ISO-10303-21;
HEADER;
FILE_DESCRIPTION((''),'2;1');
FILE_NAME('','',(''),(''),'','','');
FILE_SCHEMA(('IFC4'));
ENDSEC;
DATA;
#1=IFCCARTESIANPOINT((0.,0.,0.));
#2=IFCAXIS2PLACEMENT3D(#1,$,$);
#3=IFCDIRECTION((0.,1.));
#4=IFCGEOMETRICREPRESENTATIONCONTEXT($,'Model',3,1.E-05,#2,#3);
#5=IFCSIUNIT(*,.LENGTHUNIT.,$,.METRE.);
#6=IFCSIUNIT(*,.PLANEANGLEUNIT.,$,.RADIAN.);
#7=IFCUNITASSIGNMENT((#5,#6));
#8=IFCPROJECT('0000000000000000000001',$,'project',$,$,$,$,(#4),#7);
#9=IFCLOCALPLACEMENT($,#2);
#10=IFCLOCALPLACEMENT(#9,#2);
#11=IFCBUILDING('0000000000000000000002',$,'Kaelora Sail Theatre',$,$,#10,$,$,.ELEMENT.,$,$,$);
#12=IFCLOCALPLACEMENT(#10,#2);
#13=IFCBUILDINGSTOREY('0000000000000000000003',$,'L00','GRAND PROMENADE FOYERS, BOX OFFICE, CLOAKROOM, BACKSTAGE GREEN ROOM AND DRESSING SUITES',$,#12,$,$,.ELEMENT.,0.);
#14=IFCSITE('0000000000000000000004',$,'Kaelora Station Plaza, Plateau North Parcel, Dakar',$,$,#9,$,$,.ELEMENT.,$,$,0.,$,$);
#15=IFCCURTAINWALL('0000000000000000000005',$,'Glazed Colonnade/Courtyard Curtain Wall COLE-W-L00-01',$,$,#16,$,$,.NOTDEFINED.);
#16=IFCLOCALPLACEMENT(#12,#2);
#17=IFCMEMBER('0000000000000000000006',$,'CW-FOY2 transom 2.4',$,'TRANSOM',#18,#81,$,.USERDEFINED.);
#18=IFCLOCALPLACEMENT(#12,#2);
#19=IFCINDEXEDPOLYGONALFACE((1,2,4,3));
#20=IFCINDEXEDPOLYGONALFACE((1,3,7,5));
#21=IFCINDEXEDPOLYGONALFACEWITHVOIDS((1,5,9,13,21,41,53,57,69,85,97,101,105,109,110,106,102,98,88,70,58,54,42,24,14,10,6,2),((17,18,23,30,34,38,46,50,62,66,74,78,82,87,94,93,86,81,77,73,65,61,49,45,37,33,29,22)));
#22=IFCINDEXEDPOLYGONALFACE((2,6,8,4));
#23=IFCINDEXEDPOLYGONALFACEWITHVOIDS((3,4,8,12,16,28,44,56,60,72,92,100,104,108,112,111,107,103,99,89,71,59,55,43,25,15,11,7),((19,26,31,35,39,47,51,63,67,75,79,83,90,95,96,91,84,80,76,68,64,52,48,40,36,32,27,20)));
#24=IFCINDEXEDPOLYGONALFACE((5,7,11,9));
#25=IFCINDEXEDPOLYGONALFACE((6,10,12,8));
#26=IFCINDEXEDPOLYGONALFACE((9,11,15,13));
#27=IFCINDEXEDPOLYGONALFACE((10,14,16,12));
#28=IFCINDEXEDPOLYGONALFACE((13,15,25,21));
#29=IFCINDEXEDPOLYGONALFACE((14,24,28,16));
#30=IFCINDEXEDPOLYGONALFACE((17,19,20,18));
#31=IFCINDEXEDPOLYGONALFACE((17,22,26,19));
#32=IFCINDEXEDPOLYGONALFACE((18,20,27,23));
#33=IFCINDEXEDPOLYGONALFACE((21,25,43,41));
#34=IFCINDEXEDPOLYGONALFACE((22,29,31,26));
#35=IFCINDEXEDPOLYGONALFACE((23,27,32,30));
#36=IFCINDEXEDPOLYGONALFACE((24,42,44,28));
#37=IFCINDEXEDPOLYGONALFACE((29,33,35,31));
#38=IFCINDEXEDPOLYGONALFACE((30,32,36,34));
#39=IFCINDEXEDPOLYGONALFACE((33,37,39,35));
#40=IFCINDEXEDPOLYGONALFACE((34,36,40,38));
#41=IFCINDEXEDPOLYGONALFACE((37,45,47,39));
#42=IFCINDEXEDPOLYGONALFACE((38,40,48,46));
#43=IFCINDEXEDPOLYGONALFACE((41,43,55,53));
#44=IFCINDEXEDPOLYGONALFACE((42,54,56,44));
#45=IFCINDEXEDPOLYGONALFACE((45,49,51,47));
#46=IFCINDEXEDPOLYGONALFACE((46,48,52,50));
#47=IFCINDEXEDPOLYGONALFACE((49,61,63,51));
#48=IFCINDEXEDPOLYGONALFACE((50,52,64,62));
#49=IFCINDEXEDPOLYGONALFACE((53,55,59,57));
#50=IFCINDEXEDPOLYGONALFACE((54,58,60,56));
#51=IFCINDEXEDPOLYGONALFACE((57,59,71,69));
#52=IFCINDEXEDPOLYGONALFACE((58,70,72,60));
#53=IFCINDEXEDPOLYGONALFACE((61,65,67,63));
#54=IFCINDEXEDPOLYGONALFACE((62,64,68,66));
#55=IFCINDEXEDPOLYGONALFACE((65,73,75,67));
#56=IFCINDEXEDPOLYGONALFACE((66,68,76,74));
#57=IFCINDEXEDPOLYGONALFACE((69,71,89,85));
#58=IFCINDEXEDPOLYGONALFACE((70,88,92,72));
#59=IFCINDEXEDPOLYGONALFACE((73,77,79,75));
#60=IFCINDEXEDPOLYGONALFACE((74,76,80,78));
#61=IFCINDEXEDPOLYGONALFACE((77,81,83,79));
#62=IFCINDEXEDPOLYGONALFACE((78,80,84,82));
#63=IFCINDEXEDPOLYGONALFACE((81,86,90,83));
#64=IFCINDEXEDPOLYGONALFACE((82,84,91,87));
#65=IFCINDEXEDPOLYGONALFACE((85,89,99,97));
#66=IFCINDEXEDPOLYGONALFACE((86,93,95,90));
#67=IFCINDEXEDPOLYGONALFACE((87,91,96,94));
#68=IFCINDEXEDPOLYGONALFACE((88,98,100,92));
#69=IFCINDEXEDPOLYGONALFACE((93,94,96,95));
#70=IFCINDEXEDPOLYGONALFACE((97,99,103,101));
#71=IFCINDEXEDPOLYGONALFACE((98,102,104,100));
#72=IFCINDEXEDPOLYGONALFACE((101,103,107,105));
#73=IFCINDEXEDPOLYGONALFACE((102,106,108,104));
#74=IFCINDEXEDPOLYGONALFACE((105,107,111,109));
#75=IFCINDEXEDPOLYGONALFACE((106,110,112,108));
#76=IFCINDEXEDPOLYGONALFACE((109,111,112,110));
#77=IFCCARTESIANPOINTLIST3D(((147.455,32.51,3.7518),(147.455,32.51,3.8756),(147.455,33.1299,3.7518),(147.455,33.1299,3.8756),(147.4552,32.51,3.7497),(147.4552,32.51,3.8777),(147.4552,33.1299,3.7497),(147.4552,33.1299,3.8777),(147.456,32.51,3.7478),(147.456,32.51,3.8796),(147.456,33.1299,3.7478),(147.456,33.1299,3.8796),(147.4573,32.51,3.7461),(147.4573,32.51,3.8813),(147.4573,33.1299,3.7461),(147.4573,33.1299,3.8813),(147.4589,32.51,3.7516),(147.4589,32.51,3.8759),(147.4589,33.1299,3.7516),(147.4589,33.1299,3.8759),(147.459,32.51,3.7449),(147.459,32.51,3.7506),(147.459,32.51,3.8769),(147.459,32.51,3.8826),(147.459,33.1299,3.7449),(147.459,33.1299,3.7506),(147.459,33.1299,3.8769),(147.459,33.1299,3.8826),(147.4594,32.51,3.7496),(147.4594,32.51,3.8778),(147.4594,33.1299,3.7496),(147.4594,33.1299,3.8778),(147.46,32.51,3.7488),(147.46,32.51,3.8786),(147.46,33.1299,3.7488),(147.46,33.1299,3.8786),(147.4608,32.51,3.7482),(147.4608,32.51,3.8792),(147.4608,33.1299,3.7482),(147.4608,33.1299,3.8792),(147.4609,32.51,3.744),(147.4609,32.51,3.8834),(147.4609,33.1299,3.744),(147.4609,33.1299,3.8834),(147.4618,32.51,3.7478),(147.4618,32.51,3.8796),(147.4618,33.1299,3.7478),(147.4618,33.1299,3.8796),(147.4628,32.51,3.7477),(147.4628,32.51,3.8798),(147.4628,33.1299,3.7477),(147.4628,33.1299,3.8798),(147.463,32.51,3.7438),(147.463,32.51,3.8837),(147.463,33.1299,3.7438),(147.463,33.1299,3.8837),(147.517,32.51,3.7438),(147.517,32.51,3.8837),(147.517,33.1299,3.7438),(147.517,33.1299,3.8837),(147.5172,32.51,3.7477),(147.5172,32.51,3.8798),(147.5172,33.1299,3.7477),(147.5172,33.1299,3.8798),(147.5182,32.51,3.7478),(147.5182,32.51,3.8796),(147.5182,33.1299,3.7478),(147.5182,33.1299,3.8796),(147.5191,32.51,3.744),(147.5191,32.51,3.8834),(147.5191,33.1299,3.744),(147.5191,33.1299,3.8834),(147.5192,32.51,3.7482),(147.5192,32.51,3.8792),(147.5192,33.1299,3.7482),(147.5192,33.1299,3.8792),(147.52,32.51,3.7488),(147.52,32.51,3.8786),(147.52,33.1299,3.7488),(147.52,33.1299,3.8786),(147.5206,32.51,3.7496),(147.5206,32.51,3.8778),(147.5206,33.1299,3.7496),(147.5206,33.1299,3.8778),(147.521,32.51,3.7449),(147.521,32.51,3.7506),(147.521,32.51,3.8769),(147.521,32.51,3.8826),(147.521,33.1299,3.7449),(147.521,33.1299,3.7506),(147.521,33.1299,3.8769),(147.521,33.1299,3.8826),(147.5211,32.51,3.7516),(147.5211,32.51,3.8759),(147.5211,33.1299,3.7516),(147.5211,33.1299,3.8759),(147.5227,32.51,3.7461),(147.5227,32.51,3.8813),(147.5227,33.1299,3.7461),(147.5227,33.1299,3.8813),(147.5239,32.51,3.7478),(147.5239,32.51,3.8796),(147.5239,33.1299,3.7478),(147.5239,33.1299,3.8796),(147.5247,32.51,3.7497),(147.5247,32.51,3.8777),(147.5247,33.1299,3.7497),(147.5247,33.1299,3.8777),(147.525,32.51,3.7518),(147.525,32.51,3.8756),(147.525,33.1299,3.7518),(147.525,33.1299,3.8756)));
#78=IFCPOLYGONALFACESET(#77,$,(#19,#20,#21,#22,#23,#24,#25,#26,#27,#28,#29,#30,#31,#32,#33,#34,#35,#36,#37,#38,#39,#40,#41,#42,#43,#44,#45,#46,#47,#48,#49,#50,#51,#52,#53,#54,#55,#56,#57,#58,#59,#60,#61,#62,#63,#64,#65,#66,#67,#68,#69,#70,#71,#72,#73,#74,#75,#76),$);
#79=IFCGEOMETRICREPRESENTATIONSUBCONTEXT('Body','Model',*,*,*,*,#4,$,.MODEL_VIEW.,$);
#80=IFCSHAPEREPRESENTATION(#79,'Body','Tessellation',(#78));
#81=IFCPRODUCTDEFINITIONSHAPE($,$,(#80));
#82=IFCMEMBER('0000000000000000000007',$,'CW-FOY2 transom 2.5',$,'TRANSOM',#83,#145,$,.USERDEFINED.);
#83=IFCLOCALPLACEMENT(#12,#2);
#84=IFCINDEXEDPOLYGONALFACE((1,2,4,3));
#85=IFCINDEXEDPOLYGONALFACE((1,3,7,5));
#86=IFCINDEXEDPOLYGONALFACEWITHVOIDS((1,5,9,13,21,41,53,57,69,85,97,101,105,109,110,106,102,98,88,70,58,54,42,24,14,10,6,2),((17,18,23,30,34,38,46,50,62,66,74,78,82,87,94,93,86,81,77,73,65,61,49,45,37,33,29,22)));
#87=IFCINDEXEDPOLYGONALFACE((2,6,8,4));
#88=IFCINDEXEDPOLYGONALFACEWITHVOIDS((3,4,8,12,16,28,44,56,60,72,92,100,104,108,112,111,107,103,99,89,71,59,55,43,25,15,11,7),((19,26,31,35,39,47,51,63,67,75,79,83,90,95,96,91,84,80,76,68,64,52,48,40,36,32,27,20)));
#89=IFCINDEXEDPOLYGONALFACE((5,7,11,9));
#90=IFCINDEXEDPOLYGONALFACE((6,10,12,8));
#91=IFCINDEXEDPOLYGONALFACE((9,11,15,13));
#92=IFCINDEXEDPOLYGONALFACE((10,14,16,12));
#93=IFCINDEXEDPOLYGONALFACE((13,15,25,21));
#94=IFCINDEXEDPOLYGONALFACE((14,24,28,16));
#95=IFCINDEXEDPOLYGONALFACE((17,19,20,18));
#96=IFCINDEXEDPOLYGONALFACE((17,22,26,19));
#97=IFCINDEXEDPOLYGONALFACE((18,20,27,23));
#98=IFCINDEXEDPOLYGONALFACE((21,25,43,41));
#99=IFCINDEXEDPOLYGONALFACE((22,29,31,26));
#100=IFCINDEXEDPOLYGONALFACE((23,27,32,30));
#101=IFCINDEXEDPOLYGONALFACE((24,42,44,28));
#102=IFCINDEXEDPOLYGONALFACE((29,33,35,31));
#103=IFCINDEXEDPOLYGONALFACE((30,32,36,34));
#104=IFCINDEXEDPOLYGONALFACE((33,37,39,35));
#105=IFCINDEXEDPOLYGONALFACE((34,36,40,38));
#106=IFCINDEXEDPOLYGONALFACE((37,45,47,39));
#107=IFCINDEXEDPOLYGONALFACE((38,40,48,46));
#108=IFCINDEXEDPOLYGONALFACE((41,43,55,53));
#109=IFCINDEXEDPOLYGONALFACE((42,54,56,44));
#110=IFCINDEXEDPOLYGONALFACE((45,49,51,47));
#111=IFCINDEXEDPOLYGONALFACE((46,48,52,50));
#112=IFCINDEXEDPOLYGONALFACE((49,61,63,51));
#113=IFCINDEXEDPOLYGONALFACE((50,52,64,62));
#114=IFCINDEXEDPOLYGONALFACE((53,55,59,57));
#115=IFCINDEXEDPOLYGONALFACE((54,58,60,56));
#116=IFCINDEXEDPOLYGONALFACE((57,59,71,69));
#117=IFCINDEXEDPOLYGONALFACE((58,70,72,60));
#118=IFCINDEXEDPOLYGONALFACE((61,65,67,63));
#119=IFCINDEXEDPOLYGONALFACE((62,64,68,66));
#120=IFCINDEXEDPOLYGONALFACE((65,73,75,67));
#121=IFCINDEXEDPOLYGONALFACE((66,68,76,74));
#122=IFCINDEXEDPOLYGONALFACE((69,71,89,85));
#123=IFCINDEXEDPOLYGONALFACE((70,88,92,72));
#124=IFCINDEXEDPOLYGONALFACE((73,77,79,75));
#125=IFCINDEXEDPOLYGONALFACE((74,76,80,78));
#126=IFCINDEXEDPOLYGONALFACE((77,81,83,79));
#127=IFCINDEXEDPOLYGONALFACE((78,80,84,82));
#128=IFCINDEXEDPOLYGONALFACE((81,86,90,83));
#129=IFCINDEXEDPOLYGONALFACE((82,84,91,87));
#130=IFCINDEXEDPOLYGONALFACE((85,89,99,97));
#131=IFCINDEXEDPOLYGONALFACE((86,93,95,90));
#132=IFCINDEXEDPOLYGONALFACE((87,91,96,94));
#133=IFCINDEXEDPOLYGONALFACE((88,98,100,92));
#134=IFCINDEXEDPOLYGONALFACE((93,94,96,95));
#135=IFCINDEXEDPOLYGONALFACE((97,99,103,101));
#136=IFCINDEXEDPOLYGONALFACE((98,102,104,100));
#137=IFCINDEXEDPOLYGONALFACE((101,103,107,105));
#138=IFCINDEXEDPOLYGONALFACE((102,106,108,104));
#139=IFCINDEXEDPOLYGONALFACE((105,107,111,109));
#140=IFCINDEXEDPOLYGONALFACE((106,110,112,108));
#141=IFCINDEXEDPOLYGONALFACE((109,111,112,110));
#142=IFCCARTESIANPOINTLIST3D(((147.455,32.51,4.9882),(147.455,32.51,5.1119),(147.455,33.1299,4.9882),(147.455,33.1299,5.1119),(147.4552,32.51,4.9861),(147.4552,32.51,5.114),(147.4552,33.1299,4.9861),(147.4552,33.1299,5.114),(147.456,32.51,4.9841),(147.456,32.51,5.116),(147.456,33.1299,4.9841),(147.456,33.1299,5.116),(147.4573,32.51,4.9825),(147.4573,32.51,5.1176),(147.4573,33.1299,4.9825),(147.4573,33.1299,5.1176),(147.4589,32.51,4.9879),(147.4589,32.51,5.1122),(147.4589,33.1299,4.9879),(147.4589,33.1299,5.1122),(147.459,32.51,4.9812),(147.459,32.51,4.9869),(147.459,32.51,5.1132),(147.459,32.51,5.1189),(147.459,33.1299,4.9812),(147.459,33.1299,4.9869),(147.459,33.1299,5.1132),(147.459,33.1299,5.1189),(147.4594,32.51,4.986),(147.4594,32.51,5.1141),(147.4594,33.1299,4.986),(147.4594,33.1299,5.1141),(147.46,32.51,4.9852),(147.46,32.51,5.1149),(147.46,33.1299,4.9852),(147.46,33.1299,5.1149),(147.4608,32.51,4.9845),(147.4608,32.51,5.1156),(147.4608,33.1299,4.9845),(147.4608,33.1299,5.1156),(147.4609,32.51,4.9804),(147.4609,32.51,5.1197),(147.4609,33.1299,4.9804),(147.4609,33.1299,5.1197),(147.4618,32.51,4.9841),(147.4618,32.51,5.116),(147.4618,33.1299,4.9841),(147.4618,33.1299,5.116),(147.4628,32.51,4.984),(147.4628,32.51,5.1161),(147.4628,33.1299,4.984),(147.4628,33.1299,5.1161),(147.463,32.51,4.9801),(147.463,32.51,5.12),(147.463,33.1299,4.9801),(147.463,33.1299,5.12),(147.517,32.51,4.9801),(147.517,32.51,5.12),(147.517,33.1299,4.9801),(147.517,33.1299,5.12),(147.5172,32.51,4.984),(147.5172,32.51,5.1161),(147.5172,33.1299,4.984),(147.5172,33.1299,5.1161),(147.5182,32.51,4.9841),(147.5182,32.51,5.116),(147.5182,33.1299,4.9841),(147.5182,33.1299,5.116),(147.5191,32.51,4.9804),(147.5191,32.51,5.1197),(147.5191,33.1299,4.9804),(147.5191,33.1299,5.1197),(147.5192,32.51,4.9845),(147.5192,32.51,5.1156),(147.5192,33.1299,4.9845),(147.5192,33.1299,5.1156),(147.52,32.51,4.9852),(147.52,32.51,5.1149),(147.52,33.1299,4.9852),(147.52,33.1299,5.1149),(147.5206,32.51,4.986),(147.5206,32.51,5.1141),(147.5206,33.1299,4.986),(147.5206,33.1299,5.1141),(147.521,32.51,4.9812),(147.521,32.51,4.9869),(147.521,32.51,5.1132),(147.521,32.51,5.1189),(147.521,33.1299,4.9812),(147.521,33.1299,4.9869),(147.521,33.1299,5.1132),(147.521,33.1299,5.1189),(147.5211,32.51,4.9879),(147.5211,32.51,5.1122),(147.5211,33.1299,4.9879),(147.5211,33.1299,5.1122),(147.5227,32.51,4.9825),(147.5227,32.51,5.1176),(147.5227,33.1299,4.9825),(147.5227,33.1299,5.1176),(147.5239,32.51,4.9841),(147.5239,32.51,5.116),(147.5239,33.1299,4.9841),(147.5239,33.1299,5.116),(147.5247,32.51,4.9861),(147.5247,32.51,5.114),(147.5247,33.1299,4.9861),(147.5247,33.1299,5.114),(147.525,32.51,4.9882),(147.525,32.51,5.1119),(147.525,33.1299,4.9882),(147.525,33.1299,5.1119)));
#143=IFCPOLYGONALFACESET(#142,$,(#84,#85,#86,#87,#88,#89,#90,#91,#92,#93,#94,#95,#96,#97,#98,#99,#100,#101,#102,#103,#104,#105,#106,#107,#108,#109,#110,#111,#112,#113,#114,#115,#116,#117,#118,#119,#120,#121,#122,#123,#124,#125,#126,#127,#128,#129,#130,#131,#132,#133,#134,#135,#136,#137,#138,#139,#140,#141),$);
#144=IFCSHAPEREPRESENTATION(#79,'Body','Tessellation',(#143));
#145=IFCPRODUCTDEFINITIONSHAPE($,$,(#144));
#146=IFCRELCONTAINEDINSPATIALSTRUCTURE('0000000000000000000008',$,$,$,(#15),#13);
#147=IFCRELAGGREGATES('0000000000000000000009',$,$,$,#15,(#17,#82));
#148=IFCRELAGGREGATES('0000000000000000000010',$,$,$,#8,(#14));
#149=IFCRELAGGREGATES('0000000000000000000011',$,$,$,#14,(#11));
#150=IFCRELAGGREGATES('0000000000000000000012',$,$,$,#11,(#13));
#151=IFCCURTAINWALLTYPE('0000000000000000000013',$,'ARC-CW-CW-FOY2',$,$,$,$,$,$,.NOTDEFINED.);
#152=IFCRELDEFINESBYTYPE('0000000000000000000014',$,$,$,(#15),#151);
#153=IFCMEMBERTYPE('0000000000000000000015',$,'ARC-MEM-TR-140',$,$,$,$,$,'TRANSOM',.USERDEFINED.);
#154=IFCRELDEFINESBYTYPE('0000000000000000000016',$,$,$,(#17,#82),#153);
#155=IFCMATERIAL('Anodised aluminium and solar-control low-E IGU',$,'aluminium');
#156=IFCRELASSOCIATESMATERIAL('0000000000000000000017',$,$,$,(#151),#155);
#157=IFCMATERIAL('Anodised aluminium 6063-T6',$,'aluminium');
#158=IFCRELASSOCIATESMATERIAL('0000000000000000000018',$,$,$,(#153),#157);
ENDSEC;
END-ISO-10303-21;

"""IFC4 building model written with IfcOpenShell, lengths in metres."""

from ifc_helpers import new_model, si_unit, direction, frame, origin, origin_2d, place, context, subcontext, project, spatial, hollow_rectangle, extrude, material, material_profile, profile_set, type_object, element, aggregate, save


model = new_model("IFC4")

# Units and contexts
model_context = context("Model", 3, precision=1e-05, world=origin(), true_north=direction((0.0, 1.0)))
body_context = subcontext(model_context, "Body", "Model", "MODEL_VIEW")
ifc_project = project(units=[si_unit("LENGTHUNIT", "METRE"), si_unit("PLANEANGLEUNIT", "RADIAN")], contexts=[model_context])

# Site, building, storey
site_placement = place(None, origin())
site = spatial("IfcSite", under=ifc_project, at=site_placement, Name="Kaelora Station Plaza, Plateau North Parcel, Dakar", CompositionType="ELEMENT", RefElevation=0.0)
building_placement = place(site_placement, origin())
building = spatial("IfcBuilding", under=site, at=building_placement, Name="Kaelora Sail Theatre", CompositionType="ELEMENT")
storey_placement = place(building_placement, origin())
storey = spatial("IfcBuildingStorey", under=building, at=storey_placement, Name="L00", Description="GRAND PROMENADE FOYERS, BOX OFFICE, CLOAKROOM, BACKSTAGE GREEN ROOM AND DRESSING SUITES", CompositionType="ELEMENT", Elevation=0.0)

# Curtain wall, members
ifc_material_1 = material(Name="Anodised aluminium and solar-control low-E IGU", Category="aluminium")
curtain_wall_type = type_object("IfcCurtainWallType", Name="ARC-CW-CW-FOY2", PredefinedType="NOTDEFINED", material=ifc_material_1)
curtain_wall_placement = place(storey_placement, origin())
curtain_wall = element("IfcCurtainWall", 1, at=curtain_wall_placement, inside=storey, type_object=curtain_wall_type, Name="Glazed Colonnade/Courtyard Curtain Wall COLE-W-L00-01", PredefinedType="NOTDEFINED")
ifc_material_2 = material(Name="Anodised aluminium 6063-T6", Category="aluminium")
ifc_material_profile_1 = material_profile(ifc_material_2, hollow_rectangle(XDim=0.0701, YDim=0.1399, WallThickness=0.0039, InnerFilletRadius=0.0039, OuterFilletRadius=0.0081, at=origin_2d()), Name="ALU-TRAN 70x140x4")
ifc_profile_set_1 = profile_set([ifc_material_profile_1], Name="Anodised aluminium 6063-T6")
member_type_1 = type_object("IfcMemberType", Name="ARC-MEM-TR-140", ElementType="TRANSOM", PredefinedType="USERDEFINED", material=ifc_profile_set_1)
member_1_placement = place(storey_placement, frame((147.49, 32.51, 3.8137), z_axis=(0.0, 1.0, 0.0), x_axis=(-1.0, 0.0, 0.0)))
member_1 = element("IfcMember", 2, at=member_1_placement, type_object=member_type_1, Name="CW-FOY2 transom 2.4", ObjectType="TRANSOM", PredefinedType="USERDEFINED", context=body_context, shape_type="SweptSolid", body=[
    extrude(hollow_rectangle(XDim=0.0701, YDim=0.1399, WallThickness=0.0039, InnerFilletRadius=0.0039, OuterFilletRadius=0.0081, at=origin_2d()), origin(), (0.0, 0.0, 1.0), 0.6199),
])
member_2_placement = place(storey_placement, frame((147.49, 32.51, 5.05), z_axis=(0.0, 1.0, 0.0), x_axis=(-1.0, 0.0, 0.0)))
member_2 = element("IfcMember", 3, at=member_2_placement, type_object=member_type_1, Name="CW-FOY2 transom 2.5", ObjectType="TRANSOM", PredefinedType="USERDEFINED", context=body_context, shape_type="SweptSolid", body=[
    extrude(hollow_rectangle(XDim=0.0701, YDim=0.1399, WallThickness=0.0039, InnerFilletRadius=0.0039, OuterFilletRadius=0.0081, at=origin_2d()), origin(), (0.0, 0.0, 1.0), 0.6199),
])
aggregate(curtain_wall, [member_1, member_2])

save(model, "model.ifc")
